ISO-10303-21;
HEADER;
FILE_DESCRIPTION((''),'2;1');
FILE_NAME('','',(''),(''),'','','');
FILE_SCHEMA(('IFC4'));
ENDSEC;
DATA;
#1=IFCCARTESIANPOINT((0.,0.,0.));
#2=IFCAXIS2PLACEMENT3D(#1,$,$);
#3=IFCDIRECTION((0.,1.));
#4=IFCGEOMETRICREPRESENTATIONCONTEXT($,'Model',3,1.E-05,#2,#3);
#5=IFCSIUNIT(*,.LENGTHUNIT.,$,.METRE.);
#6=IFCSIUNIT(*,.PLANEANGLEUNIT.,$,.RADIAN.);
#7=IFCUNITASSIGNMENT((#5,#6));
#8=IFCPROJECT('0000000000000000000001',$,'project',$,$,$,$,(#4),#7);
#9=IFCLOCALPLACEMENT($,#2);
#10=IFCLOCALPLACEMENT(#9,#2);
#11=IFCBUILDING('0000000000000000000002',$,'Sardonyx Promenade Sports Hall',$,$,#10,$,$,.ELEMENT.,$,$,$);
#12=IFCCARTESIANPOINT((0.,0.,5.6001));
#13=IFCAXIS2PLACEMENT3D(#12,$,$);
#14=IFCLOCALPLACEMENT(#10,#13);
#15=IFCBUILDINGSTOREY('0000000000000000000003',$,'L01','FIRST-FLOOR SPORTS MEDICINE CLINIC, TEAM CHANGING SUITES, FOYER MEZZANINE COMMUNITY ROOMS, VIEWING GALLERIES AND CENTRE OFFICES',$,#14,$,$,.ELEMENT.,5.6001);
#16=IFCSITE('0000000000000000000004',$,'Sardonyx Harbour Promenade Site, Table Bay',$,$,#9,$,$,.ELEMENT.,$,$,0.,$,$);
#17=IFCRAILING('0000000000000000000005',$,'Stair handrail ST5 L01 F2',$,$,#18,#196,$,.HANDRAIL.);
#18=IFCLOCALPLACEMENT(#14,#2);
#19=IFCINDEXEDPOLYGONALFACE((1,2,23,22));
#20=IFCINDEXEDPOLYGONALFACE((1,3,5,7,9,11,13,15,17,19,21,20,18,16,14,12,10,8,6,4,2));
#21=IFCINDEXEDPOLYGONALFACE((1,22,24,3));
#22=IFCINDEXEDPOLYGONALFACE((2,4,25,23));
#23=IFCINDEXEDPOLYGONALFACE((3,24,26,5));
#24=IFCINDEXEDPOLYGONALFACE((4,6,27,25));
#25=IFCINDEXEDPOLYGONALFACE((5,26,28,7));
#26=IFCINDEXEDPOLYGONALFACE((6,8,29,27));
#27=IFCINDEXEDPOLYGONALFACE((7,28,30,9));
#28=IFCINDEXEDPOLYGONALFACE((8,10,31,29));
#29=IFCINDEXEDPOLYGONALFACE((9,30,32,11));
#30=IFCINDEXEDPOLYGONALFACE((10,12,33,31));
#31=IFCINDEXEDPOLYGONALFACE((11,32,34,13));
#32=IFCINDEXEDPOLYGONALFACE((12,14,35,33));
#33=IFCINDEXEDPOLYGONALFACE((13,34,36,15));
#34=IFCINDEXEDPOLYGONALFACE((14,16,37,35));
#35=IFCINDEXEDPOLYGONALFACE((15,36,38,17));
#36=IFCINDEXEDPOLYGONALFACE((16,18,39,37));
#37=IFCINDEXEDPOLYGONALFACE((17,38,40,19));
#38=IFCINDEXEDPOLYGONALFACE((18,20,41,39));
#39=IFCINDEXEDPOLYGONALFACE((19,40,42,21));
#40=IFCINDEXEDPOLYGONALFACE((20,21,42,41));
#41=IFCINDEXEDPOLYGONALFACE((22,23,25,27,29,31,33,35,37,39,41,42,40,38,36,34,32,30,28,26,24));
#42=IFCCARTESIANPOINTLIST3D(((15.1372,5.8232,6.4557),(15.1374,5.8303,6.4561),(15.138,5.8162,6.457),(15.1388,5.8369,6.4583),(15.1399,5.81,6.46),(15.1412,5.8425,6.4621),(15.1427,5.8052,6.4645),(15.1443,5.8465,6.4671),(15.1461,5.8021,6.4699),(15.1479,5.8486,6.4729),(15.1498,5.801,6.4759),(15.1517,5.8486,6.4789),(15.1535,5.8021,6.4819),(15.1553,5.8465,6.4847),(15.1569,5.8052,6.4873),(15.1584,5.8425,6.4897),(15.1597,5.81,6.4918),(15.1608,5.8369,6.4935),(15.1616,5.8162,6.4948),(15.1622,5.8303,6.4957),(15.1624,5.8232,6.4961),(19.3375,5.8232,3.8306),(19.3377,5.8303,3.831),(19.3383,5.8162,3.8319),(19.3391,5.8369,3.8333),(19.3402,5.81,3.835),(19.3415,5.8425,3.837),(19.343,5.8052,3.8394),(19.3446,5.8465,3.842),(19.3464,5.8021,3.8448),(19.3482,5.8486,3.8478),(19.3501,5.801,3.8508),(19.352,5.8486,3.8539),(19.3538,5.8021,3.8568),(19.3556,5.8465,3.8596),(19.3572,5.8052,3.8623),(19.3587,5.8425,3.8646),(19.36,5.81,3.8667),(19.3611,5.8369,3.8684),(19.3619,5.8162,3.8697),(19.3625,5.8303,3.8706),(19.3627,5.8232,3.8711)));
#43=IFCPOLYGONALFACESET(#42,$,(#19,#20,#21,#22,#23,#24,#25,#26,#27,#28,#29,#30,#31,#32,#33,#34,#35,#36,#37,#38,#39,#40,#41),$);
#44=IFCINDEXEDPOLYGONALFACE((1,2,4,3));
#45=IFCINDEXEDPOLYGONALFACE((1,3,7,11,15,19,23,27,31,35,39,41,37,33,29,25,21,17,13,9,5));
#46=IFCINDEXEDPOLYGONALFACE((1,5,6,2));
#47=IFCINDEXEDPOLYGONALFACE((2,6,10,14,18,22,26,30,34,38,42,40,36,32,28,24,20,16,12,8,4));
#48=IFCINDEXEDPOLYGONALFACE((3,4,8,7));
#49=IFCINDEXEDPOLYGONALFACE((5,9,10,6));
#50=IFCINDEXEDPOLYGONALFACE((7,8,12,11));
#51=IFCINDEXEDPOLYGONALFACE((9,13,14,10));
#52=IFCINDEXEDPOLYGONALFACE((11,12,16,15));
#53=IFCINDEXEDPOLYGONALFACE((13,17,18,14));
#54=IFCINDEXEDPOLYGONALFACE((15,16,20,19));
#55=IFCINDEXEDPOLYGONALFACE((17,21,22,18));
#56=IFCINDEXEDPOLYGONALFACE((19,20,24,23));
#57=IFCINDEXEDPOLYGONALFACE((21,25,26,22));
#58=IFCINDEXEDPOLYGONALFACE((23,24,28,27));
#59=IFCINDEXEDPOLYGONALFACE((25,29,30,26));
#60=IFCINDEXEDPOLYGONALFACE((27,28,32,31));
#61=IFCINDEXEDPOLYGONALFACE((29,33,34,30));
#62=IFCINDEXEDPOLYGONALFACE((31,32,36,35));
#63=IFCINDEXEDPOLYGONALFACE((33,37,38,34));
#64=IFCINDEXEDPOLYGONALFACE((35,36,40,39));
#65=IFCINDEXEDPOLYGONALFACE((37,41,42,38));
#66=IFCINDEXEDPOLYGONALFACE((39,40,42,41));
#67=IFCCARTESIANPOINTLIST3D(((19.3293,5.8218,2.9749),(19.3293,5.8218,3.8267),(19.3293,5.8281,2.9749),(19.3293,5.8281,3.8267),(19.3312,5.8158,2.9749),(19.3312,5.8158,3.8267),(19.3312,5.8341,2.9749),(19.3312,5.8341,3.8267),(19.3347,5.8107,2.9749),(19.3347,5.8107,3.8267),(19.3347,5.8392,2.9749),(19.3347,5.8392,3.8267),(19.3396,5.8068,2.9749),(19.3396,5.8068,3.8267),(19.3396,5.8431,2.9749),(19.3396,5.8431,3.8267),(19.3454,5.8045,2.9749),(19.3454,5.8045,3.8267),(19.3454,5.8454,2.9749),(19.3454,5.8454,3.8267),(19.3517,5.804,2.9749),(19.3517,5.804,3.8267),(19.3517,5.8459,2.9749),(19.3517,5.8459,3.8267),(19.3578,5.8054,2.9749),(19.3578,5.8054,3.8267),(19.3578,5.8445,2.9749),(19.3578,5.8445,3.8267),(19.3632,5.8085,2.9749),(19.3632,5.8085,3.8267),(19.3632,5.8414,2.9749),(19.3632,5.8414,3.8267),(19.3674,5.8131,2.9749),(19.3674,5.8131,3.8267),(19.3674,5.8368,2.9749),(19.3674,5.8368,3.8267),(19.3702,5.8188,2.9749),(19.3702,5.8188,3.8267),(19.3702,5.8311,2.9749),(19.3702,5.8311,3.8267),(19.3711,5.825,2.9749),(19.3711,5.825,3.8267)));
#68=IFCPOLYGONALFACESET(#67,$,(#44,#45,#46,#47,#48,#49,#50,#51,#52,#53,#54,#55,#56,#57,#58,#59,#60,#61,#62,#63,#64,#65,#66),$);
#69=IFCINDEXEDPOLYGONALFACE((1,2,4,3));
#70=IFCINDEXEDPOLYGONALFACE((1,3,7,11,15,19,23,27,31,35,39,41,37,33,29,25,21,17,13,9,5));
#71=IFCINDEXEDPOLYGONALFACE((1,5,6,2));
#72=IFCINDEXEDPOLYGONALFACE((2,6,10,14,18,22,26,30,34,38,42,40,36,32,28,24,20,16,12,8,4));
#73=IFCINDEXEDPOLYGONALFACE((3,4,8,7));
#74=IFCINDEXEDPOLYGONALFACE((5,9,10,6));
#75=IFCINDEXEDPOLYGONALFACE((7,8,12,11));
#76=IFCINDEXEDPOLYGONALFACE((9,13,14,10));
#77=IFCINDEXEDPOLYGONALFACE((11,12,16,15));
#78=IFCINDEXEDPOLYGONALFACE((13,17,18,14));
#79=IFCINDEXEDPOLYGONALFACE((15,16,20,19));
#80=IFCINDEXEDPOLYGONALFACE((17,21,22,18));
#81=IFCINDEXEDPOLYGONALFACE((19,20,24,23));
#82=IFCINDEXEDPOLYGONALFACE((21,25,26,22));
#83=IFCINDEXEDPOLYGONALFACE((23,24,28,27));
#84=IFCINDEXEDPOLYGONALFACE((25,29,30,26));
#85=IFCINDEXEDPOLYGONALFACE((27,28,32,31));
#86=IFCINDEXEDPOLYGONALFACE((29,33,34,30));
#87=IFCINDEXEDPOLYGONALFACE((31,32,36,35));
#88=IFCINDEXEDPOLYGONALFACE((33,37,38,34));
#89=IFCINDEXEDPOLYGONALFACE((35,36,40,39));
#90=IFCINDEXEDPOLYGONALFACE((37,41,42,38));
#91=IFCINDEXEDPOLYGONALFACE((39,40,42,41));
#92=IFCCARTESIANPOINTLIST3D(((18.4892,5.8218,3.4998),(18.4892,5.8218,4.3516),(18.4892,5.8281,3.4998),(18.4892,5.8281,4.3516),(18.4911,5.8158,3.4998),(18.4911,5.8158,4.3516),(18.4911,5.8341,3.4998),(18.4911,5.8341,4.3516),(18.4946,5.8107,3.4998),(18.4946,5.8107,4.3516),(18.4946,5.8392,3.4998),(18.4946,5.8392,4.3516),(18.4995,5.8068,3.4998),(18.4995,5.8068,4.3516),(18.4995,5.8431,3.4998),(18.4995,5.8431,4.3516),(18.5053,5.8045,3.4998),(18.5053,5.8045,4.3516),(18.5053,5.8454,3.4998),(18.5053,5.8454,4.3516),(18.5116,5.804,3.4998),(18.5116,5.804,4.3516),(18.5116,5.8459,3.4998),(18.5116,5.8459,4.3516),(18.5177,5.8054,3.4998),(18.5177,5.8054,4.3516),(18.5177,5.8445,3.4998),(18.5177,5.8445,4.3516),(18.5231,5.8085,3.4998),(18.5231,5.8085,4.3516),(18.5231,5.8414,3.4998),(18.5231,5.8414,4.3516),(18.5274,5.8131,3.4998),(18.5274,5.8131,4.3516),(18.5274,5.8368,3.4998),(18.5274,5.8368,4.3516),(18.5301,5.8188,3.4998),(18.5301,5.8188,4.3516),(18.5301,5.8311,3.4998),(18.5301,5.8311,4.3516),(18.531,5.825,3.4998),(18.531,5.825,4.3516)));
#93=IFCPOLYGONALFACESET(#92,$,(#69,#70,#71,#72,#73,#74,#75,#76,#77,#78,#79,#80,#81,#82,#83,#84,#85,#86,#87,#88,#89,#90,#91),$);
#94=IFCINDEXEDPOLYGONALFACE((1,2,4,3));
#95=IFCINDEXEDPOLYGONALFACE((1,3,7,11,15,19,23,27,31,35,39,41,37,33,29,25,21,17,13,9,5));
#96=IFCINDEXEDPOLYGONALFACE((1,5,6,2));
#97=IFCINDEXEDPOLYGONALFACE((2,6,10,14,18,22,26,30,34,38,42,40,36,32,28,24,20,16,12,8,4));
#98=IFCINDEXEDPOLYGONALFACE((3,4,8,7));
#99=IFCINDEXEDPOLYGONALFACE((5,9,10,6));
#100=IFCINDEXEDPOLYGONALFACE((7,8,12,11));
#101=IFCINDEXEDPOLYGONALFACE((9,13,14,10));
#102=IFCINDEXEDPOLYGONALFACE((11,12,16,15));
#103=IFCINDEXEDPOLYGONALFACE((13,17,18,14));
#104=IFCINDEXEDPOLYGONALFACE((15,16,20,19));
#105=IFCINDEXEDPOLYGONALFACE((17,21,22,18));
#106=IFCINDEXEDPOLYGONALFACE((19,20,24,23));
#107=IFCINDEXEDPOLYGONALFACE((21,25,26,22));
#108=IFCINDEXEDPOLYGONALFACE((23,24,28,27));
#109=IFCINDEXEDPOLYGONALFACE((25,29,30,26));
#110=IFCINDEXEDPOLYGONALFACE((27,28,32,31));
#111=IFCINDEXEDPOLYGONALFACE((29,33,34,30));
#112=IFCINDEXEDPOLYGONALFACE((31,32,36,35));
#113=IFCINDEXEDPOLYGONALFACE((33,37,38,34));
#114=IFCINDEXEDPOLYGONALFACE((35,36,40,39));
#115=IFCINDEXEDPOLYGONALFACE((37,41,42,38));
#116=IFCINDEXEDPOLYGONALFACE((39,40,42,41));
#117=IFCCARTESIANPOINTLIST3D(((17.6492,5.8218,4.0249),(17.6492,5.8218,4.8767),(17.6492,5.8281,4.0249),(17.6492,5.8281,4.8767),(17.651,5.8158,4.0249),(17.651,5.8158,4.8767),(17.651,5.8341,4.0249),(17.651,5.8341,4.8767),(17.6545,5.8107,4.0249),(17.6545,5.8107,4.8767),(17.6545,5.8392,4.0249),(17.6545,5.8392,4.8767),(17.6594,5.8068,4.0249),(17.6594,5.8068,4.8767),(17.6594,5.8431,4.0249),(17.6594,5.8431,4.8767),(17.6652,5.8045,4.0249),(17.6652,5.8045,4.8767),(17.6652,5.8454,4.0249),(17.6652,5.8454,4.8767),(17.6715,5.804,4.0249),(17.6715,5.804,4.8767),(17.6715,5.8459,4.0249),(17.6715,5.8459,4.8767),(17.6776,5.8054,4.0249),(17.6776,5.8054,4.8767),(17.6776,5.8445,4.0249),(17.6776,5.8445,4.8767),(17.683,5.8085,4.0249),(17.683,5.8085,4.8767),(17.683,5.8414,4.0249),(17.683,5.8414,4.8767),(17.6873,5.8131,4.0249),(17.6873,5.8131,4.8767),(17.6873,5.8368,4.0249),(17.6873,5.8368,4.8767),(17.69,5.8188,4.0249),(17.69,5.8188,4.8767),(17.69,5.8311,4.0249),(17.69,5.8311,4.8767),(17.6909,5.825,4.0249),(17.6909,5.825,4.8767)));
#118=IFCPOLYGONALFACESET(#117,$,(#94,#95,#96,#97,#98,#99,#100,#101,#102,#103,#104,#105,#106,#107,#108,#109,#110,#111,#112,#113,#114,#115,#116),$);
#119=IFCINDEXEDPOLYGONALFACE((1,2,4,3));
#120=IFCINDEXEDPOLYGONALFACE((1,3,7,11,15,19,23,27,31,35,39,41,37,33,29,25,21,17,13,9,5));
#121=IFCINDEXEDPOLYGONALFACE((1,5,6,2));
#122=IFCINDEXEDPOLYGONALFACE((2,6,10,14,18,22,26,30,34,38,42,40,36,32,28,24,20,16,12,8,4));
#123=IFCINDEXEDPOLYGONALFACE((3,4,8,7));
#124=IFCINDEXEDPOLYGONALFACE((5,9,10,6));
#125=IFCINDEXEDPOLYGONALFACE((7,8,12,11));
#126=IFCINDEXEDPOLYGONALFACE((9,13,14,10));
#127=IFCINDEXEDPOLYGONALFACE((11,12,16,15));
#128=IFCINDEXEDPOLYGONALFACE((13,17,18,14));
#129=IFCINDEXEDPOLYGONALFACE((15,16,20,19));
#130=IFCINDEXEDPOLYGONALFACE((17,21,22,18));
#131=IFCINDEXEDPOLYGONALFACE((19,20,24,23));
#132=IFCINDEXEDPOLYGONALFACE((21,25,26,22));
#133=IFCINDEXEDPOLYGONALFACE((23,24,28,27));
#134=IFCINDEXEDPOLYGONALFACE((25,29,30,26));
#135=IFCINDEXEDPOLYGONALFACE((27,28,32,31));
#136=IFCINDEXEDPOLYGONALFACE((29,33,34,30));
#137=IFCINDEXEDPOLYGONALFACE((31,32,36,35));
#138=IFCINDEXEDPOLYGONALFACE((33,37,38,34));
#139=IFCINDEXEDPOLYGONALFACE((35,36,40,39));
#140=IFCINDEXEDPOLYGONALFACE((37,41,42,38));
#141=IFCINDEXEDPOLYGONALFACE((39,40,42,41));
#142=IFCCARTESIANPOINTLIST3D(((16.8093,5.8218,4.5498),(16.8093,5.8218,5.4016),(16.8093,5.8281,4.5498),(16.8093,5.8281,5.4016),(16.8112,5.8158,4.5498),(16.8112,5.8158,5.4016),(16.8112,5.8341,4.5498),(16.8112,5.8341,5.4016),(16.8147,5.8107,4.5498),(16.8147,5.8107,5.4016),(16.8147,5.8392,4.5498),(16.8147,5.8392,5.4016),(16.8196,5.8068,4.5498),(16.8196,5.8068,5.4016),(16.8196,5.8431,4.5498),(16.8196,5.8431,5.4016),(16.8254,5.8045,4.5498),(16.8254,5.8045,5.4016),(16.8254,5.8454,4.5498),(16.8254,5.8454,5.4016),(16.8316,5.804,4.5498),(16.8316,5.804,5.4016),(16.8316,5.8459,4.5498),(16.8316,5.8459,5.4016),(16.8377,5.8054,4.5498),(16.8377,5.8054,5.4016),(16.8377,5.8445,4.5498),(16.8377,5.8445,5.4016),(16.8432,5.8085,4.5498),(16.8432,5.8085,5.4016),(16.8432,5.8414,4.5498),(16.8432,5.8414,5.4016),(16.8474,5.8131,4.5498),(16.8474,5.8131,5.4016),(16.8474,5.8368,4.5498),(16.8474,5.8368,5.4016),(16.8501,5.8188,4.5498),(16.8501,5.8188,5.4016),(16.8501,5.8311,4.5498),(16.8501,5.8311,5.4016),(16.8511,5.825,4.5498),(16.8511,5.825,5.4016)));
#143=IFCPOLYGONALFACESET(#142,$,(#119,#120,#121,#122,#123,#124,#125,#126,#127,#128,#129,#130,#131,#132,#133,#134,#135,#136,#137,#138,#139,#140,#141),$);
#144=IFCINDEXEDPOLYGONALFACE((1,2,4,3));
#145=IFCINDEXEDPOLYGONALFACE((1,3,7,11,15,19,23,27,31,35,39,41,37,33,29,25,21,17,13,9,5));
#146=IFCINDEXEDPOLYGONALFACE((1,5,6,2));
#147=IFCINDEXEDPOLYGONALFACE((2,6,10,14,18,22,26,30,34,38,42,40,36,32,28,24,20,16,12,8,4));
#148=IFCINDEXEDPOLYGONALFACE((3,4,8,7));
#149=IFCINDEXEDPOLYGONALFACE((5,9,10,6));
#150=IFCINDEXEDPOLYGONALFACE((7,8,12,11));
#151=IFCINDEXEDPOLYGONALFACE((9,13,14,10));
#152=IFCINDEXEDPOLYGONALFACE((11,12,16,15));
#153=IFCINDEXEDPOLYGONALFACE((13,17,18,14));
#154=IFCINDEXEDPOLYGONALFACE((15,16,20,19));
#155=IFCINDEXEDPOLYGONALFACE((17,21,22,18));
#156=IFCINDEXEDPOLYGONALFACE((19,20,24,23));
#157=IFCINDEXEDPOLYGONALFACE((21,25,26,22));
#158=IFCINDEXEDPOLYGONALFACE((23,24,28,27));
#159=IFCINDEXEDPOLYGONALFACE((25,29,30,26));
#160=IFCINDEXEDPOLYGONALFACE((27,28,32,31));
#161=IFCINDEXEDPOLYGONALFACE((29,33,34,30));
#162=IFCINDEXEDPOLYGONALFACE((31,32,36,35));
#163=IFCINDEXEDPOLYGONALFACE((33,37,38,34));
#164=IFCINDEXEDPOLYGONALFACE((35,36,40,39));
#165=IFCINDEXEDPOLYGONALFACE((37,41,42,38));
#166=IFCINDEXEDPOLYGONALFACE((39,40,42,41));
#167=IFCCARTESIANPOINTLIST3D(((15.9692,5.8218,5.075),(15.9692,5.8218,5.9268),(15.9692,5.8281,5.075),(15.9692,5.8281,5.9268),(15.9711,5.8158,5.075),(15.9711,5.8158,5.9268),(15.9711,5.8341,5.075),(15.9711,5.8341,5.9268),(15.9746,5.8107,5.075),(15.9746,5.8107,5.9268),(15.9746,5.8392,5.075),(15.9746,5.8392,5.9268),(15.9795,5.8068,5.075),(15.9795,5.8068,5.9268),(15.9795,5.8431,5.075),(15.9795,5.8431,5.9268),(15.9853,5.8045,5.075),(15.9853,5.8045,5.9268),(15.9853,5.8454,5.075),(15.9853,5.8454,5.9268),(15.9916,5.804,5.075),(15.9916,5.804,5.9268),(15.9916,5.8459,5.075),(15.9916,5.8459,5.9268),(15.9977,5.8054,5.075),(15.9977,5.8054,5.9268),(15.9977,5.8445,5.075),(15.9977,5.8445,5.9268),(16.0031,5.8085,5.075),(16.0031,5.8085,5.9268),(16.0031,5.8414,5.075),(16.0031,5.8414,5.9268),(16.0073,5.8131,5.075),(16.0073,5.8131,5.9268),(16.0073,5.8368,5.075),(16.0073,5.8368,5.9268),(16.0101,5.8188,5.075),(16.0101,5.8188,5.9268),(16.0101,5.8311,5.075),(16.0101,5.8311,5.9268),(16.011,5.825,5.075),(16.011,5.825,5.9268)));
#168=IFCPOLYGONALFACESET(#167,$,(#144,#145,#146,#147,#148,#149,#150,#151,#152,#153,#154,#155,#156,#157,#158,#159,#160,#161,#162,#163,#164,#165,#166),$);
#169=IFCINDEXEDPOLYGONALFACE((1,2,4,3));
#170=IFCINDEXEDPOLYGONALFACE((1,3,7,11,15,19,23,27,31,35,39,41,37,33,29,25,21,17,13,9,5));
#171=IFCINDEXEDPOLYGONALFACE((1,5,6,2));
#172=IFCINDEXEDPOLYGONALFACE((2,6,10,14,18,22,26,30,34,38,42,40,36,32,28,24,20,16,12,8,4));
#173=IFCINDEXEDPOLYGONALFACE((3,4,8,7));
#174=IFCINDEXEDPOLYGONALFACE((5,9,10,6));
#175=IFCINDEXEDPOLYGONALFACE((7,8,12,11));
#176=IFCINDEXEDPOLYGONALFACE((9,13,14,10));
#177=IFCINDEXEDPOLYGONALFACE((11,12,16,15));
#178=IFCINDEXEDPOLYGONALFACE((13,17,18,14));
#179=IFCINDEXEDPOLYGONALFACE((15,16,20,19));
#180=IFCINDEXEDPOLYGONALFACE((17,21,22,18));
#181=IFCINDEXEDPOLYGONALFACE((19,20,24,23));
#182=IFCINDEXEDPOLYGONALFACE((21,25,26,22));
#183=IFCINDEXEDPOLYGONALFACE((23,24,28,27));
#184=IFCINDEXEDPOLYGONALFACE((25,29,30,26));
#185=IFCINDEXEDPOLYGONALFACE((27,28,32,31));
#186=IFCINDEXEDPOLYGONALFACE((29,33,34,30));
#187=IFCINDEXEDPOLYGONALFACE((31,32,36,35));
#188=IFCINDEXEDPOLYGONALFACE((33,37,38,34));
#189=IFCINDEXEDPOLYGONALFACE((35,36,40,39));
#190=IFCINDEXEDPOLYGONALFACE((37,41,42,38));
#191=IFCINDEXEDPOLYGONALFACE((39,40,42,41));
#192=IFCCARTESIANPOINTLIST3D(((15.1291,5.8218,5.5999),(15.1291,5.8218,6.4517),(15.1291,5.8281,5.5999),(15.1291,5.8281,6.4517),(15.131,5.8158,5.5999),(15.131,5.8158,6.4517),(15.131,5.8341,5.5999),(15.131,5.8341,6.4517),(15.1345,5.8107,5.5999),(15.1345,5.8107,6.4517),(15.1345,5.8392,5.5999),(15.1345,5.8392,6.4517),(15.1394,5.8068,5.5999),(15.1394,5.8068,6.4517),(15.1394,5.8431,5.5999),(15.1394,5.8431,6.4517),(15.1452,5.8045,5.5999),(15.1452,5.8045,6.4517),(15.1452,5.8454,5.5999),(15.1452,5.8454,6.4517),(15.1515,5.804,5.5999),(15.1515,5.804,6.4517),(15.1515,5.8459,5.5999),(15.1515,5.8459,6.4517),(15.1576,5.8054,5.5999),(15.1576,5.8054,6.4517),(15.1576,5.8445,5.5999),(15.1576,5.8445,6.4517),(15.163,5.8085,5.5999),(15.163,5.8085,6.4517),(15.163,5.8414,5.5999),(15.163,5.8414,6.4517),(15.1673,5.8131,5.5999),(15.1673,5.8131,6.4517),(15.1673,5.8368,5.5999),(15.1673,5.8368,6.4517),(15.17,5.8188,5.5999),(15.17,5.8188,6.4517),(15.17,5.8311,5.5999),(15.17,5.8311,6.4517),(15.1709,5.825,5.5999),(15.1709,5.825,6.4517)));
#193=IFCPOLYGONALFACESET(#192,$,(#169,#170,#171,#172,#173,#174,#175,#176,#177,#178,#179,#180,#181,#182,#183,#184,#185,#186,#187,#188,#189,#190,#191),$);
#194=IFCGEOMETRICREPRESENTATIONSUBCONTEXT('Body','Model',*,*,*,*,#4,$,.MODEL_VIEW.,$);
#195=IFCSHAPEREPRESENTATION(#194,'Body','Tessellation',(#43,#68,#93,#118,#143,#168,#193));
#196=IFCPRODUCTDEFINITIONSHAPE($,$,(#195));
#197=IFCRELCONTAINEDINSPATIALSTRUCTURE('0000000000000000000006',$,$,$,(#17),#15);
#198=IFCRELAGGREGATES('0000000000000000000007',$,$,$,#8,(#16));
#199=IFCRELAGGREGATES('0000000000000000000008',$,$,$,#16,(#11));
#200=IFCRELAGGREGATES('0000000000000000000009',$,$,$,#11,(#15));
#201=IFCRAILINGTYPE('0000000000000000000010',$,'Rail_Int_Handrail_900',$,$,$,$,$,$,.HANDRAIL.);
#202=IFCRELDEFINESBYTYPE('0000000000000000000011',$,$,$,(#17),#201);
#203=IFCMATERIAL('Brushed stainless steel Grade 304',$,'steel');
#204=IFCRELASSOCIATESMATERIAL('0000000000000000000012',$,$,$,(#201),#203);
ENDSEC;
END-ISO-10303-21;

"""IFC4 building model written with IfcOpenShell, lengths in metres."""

from ifc_helpers import new_model, si_unit, direction, frame, origin, origin_2d, place, context, subcontext, project, spatial, circle, extrude, material, type_object, element, save


model = new_model("IFC4")

# Units and contexts
model_context = context("Model", 3, precision=1e-05, world=origin(), true_north=direction((0.0, 1.0)))
body_context = subcontext(model_context, "Body", "Model", "MODEL_VIEW")
ifc_project = project(units=[si_unit("LENGTHUNIT", "METRE"), si_unit("PLANEANGLEUNIT", "RADIAN")], contexts=[model_context])

# Site, building, storey
site_placement = place(None, origin())
site = spatial("IfcSite", under=ifc_project, at=site_placement, Name="Sardonyx Harbour Promenade Site, Table Bay", CompositionType="ELEMENT", RefElevation=0.0)
building_placement = place(site_placement, origin())
building = spatial("IfcBuilding", under=site, at=building_placement, Name="Sardonyx Promenade Sports Hall", CompositionType="ELEMENT")
storey_placement = place(building_placement, frame((0.0, 0.0, 5.6001)))
storey = spatial("IfcBuildingStorey", under=building, at=storey_placement, Name="L01", Description="FIRST-FLOOR SPORTS MEDICINE CLINIC, TEAM CHANGING SUITES, FOYER MEZZANINE COMMUNITY ROOMS, VIEWING GALLERIES AND CENTRE OFFICES", CompositionType="ELEMENT", Elevation=5.6001)

# Railing
ifc_material_1 = material(Name="Brushed stainless steel Grade 304", Category="steel")
railing_type = type_object("IfcRailingType", Name="Rail_Int_Handrail_900", PredefinedType="HANDRAIL", material=ifc_material_1)
railing_placement = place(storey_placement, frame((19.3501, 5.825, 2.9749)))
element("IfcRailing", 1, at=railing_placement, inside=storey, type_object=railing_type, Name="Stair handrail ST5 L01 F2", PredefinedType="HANDRAIL", context=body_context, shape_type="SweptSolid", body=[
    extrude(circle(Radius=0.0239, at=origin_2d()), frame((0.0, 0.0, 0.876), z_axis=(-0.848009, 0.0, 0.529981), x_axis=(0.0, -1.0, 0.0)), (0.0, 0.0, 1.0), 4.9531),
    extrude(circle(Radius=0.021, at=origin_2d()), origin(), (0.0, 0.0, 1.0), 0.8518),
    extrude(circle(Radius=0.021, at=origin_2d()), frame((-0.8401, 0.0, 0.5249)), (0.0, 0.0, 1.0), 0.8518),
    extrude(circle(Radius=0.021, at=origin_2d()), frame((-1.6802, 0.0, 1.05)), (0.0, 0.0, 1.0), 0.8518),
    extrude(circle(Radius=0.021, at=origin_2d()), frame((-2.52, 0.0, 1.575)), (0.0, 0.0, 1.0), 0.8518),
    extrude(circle(Radius=0.021, at=origin_2d()), frame((-3.3601, 0.0, 2.1001)), (0.0, 0.0, 1.0), 0.8518),
    extrude(circle(Radius=0.021, at=origin_2d()), frame((-4.2002, 0.0, 2.625)), (0.0, 0.0, 1.0), 0.8518),
])

save(model, "model.ifc")
